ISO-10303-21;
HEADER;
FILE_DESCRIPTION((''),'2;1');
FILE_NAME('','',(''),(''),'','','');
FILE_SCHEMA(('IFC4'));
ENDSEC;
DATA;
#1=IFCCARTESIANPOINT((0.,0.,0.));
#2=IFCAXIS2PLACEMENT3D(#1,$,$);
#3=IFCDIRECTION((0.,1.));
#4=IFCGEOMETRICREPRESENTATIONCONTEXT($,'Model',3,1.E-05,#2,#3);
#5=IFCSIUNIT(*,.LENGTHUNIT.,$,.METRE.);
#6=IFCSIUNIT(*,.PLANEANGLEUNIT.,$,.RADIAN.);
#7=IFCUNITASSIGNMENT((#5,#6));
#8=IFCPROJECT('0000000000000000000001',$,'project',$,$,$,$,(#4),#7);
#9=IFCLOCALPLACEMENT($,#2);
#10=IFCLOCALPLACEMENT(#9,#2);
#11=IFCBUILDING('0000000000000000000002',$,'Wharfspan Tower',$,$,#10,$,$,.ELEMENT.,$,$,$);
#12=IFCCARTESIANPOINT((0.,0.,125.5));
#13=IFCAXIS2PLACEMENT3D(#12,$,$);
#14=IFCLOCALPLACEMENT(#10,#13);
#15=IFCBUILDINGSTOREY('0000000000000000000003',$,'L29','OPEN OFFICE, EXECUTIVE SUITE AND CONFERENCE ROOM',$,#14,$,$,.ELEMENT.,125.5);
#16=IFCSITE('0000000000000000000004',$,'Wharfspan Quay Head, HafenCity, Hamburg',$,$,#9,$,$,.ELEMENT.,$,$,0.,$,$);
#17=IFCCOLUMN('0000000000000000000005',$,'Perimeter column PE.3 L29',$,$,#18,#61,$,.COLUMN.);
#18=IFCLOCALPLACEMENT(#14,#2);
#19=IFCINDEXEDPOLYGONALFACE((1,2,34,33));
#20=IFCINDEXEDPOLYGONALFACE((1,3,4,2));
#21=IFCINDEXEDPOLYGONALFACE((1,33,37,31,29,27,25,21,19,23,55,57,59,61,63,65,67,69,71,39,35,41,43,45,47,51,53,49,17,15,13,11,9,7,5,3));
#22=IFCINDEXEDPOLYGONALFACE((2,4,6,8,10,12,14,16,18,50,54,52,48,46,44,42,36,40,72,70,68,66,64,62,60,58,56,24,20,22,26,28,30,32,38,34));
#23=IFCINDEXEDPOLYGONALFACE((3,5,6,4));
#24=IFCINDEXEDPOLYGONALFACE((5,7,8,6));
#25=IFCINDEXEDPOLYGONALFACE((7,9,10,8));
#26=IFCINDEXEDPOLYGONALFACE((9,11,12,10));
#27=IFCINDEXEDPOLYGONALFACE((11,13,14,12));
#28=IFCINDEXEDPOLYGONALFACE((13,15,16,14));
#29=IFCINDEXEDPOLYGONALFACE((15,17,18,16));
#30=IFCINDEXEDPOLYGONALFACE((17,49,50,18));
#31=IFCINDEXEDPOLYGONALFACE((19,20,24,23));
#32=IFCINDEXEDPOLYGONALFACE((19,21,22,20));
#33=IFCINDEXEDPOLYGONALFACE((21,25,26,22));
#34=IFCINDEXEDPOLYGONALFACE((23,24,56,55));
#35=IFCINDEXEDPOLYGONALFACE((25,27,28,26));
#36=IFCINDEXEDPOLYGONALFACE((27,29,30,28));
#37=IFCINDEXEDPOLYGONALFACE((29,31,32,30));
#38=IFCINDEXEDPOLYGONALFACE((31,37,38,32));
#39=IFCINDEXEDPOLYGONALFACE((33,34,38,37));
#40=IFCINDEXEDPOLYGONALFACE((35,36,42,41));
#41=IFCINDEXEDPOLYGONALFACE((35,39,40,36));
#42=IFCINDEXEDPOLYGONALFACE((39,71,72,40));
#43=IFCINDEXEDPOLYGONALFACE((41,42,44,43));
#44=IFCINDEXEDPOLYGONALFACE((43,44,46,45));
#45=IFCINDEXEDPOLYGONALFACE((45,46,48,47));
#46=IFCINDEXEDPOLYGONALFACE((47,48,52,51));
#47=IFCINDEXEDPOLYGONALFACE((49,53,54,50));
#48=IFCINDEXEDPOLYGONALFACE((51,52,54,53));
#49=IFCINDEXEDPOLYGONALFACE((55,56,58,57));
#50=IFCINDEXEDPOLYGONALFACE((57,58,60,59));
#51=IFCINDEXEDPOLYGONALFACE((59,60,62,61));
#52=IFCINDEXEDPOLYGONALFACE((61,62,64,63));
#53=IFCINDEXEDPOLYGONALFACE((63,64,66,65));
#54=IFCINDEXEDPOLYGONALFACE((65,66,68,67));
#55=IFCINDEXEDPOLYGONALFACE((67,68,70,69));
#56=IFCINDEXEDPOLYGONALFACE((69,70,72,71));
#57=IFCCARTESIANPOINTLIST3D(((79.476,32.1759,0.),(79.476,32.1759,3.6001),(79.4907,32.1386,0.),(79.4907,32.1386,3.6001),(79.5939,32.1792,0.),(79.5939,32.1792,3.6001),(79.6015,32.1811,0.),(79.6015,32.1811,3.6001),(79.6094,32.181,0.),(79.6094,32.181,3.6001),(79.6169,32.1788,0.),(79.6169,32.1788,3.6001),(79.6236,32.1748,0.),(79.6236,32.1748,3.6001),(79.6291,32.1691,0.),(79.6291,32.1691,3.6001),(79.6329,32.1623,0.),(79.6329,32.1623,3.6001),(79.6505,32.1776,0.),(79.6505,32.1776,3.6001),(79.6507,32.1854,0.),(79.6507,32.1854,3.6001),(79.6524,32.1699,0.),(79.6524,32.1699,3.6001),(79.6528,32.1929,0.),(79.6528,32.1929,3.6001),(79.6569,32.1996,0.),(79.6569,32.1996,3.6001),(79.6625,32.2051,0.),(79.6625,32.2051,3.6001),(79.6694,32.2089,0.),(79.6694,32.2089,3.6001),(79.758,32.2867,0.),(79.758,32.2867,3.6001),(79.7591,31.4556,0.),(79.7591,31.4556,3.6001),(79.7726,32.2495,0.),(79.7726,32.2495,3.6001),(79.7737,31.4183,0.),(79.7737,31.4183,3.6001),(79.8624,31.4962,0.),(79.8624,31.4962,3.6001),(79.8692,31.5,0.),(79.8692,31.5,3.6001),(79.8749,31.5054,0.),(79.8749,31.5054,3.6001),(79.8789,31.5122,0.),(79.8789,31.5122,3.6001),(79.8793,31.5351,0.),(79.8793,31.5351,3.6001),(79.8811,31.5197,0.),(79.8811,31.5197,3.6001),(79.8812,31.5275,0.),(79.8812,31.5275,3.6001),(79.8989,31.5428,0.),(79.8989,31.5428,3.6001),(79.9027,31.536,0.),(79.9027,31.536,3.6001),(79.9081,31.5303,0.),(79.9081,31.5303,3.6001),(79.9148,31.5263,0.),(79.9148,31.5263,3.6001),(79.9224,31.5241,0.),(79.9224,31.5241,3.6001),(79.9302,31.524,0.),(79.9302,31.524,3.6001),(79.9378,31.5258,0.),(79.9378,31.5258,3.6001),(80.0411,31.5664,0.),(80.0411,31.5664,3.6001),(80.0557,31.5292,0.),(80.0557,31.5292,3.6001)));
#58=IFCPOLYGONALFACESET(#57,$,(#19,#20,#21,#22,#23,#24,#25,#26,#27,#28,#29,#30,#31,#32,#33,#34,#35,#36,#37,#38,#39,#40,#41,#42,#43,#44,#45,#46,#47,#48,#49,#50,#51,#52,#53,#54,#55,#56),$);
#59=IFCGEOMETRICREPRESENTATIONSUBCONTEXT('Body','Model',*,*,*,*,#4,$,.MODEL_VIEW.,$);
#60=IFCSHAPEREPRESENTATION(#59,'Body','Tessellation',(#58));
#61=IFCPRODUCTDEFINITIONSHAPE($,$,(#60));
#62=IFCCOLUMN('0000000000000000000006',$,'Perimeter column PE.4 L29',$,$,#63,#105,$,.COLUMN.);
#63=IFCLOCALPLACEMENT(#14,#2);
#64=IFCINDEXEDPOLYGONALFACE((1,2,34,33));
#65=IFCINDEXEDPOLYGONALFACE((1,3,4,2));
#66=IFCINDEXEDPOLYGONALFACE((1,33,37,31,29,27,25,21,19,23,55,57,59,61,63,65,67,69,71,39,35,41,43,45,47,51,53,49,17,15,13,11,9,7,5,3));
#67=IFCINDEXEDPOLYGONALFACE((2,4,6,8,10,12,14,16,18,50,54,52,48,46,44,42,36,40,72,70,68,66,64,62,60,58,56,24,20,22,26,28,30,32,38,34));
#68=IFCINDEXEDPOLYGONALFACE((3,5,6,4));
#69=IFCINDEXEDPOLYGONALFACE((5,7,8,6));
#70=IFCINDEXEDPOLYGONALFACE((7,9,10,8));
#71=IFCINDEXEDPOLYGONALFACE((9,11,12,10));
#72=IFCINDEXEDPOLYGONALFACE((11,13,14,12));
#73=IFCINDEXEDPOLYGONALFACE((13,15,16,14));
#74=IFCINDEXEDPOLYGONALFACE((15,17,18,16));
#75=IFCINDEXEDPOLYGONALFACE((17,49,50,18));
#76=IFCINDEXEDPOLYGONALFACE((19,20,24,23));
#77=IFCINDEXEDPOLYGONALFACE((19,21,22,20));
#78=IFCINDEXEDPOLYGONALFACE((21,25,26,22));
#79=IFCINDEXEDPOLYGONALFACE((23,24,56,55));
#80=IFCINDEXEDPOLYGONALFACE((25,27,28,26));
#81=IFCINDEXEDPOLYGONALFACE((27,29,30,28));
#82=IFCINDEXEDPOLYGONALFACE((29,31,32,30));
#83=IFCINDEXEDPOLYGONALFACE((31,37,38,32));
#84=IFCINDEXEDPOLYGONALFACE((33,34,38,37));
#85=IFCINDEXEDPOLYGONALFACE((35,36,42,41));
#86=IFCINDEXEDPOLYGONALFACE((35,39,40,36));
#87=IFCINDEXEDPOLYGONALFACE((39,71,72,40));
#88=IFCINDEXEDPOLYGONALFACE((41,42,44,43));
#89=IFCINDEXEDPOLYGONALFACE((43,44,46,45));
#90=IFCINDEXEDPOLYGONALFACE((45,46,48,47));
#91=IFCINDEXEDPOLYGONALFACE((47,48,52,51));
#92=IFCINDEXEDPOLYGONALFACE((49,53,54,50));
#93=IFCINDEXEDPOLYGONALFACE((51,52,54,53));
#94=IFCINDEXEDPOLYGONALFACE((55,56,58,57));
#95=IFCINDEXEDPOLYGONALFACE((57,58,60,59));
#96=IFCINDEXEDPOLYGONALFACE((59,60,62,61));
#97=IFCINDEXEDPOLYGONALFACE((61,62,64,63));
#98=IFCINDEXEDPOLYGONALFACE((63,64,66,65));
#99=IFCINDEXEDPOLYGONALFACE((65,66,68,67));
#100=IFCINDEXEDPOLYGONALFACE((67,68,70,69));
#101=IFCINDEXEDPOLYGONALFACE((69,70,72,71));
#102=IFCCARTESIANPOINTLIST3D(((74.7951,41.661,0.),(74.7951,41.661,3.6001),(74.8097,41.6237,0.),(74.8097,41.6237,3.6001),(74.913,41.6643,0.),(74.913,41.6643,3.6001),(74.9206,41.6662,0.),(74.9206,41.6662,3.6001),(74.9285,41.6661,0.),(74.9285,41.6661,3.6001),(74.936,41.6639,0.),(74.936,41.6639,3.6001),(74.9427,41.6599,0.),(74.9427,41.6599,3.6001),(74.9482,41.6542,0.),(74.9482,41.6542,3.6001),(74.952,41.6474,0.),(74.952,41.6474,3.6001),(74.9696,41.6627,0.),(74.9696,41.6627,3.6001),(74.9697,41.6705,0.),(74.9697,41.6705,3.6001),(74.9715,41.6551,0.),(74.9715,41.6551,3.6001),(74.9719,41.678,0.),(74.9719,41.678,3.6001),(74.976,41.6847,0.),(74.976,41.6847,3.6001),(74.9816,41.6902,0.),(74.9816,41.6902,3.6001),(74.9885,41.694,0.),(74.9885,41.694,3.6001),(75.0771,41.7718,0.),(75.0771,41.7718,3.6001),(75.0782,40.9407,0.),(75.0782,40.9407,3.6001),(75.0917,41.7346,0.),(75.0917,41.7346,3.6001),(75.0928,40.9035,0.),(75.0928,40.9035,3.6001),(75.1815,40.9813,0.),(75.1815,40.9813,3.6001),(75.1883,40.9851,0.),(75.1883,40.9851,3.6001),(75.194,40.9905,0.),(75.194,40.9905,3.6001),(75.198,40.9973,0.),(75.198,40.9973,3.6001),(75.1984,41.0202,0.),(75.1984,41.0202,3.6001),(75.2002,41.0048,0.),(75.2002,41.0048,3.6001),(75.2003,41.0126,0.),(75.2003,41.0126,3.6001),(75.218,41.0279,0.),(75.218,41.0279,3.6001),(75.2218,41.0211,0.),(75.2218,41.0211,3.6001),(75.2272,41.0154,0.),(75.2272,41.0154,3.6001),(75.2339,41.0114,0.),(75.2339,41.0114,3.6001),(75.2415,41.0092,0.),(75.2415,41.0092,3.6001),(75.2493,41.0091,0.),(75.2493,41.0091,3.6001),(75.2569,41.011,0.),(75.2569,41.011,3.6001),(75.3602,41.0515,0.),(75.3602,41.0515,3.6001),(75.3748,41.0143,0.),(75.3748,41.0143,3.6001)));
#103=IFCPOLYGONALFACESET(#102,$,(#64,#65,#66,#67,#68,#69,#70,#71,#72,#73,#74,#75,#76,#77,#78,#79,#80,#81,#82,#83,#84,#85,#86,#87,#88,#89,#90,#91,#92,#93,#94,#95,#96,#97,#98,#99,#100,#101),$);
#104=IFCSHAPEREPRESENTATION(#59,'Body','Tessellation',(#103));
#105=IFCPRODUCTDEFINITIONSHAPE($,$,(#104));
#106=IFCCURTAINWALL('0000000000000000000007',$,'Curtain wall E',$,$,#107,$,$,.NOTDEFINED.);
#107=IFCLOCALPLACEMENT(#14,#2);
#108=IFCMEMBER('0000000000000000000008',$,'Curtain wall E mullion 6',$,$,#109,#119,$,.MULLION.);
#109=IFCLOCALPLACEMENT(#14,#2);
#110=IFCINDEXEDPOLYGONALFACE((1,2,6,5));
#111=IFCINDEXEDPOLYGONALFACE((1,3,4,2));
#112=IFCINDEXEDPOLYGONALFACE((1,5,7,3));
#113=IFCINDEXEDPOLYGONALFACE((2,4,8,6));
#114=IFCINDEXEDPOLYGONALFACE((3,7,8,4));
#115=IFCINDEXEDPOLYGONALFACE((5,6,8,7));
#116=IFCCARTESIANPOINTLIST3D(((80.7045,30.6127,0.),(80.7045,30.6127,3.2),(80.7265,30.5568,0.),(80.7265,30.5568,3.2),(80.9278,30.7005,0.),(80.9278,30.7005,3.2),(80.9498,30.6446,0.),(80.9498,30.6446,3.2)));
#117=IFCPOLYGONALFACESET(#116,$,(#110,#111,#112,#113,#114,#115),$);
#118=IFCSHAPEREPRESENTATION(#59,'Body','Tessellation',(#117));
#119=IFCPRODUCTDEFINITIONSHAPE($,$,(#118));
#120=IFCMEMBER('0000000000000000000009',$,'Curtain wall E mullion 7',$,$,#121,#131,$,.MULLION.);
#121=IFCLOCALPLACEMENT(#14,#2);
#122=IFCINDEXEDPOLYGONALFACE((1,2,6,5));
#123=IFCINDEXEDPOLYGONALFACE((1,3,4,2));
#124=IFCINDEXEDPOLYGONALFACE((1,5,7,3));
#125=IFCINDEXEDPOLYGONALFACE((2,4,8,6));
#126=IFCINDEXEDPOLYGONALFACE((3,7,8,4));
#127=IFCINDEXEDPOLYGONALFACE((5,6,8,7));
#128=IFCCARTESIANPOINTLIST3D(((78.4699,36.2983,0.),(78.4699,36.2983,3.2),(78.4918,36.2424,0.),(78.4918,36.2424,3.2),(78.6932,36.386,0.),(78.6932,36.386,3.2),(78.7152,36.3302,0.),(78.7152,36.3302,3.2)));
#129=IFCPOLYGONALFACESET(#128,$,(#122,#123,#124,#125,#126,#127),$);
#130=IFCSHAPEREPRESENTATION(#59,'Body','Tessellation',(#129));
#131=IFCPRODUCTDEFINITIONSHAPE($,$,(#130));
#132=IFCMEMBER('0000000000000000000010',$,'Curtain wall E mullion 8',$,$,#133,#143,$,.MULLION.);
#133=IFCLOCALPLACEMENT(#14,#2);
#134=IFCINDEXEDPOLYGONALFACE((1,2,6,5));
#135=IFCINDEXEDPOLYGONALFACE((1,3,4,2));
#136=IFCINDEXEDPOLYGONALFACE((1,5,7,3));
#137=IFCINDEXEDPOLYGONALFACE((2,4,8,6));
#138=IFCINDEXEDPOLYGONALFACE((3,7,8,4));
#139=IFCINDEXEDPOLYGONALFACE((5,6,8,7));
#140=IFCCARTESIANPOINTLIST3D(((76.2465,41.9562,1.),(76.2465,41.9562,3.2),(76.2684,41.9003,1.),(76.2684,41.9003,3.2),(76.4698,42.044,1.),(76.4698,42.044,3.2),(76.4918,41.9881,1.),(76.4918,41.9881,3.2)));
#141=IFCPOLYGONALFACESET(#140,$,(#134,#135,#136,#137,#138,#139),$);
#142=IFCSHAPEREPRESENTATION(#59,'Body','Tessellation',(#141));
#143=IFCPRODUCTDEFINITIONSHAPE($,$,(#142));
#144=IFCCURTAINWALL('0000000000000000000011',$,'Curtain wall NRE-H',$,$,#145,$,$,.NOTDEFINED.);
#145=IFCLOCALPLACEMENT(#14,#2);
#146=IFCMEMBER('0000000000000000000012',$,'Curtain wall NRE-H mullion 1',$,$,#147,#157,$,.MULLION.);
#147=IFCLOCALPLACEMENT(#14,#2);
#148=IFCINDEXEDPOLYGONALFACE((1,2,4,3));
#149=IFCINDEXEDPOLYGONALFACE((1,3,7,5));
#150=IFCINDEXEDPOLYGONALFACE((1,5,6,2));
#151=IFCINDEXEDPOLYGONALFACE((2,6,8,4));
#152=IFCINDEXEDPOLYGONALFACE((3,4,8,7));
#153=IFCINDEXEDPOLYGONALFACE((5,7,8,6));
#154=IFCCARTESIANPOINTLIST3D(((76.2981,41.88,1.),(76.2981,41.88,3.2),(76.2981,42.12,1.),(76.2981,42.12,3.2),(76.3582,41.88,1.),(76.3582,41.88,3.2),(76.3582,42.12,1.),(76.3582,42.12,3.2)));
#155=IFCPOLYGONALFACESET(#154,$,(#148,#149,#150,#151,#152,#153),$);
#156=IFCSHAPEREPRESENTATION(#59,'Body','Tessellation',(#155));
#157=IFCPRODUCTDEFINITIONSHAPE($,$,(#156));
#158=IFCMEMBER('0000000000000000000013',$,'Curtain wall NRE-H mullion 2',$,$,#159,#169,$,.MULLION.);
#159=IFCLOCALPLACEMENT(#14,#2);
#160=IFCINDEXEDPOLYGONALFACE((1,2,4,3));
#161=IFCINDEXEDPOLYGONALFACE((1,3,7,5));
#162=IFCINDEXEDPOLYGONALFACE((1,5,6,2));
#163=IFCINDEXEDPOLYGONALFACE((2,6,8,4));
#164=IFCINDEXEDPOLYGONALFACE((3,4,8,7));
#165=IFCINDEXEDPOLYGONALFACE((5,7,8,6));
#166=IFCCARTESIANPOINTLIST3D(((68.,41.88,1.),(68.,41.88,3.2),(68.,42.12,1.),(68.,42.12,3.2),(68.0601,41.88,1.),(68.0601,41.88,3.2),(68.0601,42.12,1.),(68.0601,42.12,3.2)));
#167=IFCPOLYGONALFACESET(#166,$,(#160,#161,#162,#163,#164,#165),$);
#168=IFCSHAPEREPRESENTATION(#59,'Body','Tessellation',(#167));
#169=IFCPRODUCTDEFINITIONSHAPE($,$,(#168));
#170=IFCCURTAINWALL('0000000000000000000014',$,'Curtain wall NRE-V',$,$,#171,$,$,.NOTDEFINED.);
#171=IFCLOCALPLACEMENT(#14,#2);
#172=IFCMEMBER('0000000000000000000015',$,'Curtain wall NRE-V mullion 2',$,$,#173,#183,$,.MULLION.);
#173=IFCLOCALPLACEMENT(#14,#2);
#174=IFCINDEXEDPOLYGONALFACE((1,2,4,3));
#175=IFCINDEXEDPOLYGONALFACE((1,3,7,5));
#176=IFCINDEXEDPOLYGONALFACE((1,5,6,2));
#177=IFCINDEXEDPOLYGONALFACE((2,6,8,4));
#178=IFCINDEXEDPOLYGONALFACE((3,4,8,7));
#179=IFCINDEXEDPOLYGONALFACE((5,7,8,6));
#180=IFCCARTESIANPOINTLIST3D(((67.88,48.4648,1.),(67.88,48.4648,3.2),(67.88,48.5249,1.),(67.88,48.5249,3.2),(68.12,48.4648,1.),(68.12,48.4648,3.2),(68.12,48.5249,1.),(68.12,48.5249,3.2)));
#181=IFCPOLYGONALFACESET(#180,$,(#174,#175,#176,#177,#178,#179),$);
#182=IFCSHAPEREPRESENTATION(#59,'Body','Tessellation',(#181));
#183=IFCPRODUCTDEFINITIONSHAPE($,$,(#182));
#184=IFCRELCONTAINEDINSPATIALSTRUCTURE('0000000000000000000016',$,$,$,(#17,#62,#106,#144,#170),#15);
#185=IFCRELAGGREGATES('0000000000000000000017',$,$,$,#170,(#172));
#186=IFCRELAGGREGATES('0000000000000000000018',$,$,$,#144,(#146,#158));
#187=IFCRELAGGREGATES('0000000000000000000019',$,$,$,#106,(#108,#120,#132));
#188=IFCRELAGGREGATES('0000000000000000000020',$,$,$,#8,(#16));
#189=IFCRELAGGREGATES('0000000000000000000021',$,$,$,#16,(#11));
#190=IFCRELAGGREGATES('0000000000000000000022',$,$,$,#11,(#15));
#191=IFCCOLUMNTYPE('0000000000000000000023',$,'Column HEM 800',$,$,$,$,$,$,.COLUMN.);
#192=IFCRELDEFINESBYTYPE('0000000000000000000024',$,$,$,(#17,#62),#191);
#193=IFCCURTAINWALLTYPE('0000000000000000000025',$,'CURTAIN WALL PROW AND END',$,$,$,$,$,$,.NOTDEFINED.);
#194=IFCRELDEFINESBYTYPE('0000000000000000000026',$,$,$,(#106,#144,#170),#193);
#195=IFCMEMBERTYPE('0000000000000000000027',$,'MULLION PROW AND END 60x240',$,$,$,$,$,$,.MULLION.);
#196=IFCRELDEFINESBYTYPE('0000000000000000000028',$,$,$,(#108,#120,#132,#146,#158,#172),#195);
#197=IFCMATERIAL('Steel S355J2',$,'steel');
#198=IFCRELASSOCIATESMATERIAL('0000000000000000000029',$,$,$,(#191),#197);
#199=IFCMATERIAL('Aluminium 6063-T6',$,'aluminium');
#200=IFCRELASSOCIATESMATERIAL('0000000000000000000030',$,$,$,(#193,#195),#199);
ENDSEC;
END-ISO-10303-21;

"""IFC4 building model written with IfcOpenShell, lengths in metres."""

from ifc_helpers import new_model, si_unit, direction, frame, origin, origin_2d, place, context, subcontext, project, spatial, rectangle, i_section, extrude, material, material_profile, profile_set, type_object, element, aggregate, save


model = new_model("IFC4")

# Units and contexts
model_context = context("Model", 3, precision=1e-05, world=origin(), true_north=direction((0.0, 1.0)))
body_context = subcontext(model_context, "Body", "Model", "MODEL_VIEW")
ifc_project = project(units=[si_unit("LENGTHUNIT", "METRE"), si_unit("PLANEANGLEUNIT", "RADIAN")], contexts=[model_context])

# Site, building, storey
site_placement = place(None, origin())
site = spatial("IfcSite", under=ifc_project, at=site_placement, Name="Wharfspan Quay Head, HafenCity, Hamburg", CompositionType="ELEMENT", RefElevation=0.0)
building_placement = place(site_placement, origin())
building = spatial("IfcBuilding", under=site, at=building_placement, Name="Wharfspan Tower", CompositionType="ELEMENT")
storey_placement = place(building_placement, frame((0.0, 0.0, 125.5)))
storey = spatial("IfcBuildingStorey", under=building, at=storey_placement, Name="L29", Description="OPEN OFFICE, EXECUTIVE SUITE AND CONFERENCE ROOM", CompositionType="ELEMENT", Elevation=125.5)

# Columns
ifc_material_1 = material(Name="Steel S355J2", Category="steel")
ifc_material_profile_1 = material_profile(ifc_material_1, i_section(OverallWidth=0.303, OverallDepth=0.814, WebThickness=0.021, FlangeThickness=0.04, FilletRadius=0.03, at=origin_2d()))
ifc_profile_set_1 = profile_set([ifc_material_profile_1], Name="Steel S355J2")
column_type = type_object("IfcColumnType", Name="Column HEM 800", PredefinedType="COLUMN", material=ifc_profile_set_1)
for number, where, z_axis, x_axis, name in (
    (1, (79.7659, 31.8525, 0.0), (0.0, 0.0, 1.0), (0.930702, 0.365778, 0.0), "Perimeter column PE.3 L29"),
    (2, (75.085, 41.3376, 0.0), (0.0, 0.0, 1.0), (0.930702, 0.365778, 0.0), "Perimeter column PE.4 L29"),
):
    element("IfcColumn", number, at=place(storey_placement, frame(where, z_axis=z_axis, x_axis=x_axis)), inside=storey, type_object=column_type, Name=name, PredefinedType="COLUMN", context=body_context, shape_type="SweptSolid", body=[
        extrude(i_section(OverallWidth=0.303, OverallDepth=0.814, WebThickness=0.021, FlangeThickness=0.04, FilletRadius=0.03, at=origin_2d()), origin(), (0.0, 0.0, 1.0), 3.6001),
    ])

# Curtain walls, members
ifc_material_2 = material(Name="Aluminium 6063-T6", Category="aluminium")
curtain_wall_type = type_object("IfcCurtainWallType", Name="CURTAIN WALL PROW AND END", PredefinedType="NOTDEFINED", material=ifc_material_2)
curtain_wall_1_placement = place(storey_placement, origin())
curtain_wall_1 = element("IfcCurtainWall", 3, at=curtain_wall_1_placement, inside=storey, type_object=curtain_wall_type, Name="Curtain wall E", PredefinedType="NOTDEFINED")
ifc_material_profile_2 = material_profile(ifc_material_2, rectangle(XDim=0.24, YDim=0.0601, at=origin_2d()))
ifc_profile_set_2 = profile_set([ifc_material_profile_2], Name="Aluminium 6063-T6")
member_type_1 = type_object("IfcMemberType", Name="MULLION PROW AND END 60x240", PredefinedType="MULLION", material=ifc_profile_set_2)
member_1_placement = place(storey_placement, frame((80.8271, 30.6287, 0.0), z_axis=(0.0, 0.0, 1.0), x_axis=(-0.930702, -0.365778, 0.0)))
member_1 = element("IfcMember", 4, at=member_1_placement, type_object=member_type_1, Name="Curtain wall E mullion 6", PredefinedType="MULLION", context=body_context, shape_type="SweptSolid", body=[
    extrude(rectangle(XDim=0.24, YDim=0.0601, at=origin_2d()), origin(), (0.0, 0.0, 1.0), 3.2),
])
member_2_placement = place(storey_placement, frame((78.5925, 36.3142, 0.0), z_axis=(0.0, 0.0, 1.0), x_axis=(-0.930702, -0.365778, 0.0)))
member_2 = element("IfcMember", 5, at=member_2_placement, type_object=member_type_1, Name="Curtain wall E mullion 7", PredefinedType="MULLION", context=body_context, shape_type="SweptSolid", body=[
    extrude(rectangle(XDim=0.24, YDim=0.0601, at=origin_2d()), origin(), (0.0, 0.0, 1.0), 3.2),
])
member_3_placement = place(storey_placement, frame((76.3691, 41.9722, 1.0), z_axis=(0.0, 0.0, 1.0), x_axis=(-0.930702, -0.365778, 0.0)))
member_3 = element("IfcMember", 6, at=member_3_placement, type_object=member_type_1, Name="Curtain wall E mullion 8", PredefinedType="MULLION", context=body_context, shape_type="SweptSolid", body=[
    extrude(rectangle(XDim=0.24, YDim=0.0601, at=origin_2d()), origin(), (0.0, 0.0, 1.0), 2.2),
])
curtain_wall_2_placement = place(storey_placement, origin())
curtain_wall_2 = element("IfcCurtainWall", 7, at=curtain_wall_2_placement, inside=storey, type_object=curtain_wall_type, Name="Curtain wall NRE-H", PredefinedType="NOTDEFINED")
member_4_placement = place(storey_placement, frame((76.3281, 42.0, 1.0), z_axis=(0.0, 0.0, 1.0), x_axis=(0.0, -1.0, 0.0)))
member_4 = element("IfcMember", 8, at=member_4_placement, type_object=member_type_1, Name="Curtain wall NRE-H mullion 1", PredefinedType="MULLION", context=body_context, shape_type="SweptSolid", body=[
    extrude(rectangle(XDim=0.24, YDim=0.0601, at=origin_2d()), origin(), (0.0, 0.0, 1.0), 2.2),
])
member_5_placement = place(storey_placement, frame((68.03, 42.0, 1.0), z_axis=(0.0, 0.0, 1.0), x_axis=(0.0, -1.0, 0.0)))
member_5 = element("IfcMember", 9, at=member_5_placement, type_object=member_type_1, Name="Curtain wall NRE-H mullion 2", PredefinedType="MULLION", context=body_context, shape_type="SweptSolid", body=[
    extrude(rectangle(XDim=0.24, YDim=0.0601, at=origin_2d()), origin(), (0.0, 0.0, 1.0), 2.2),
])

# Curtain wall, member
curtain_wall_3_placement = place(storey_placement, origin())
curtain_wall_3 = element("IfcCurtainWall", 10, at=curtain_wall_3_placement, inside=storey, type_object=curtain_wall_type, Name="Curtain wall NRE-V", PredefinedType="NOTDEFINED")
member_6_placement = place(storey_placement, frame((68.0, 48.4949, 1.0), z_axis=(0.0, 0.0, 1.0), x_axis=(-1.0, 0.0, 0.0)))
member_6 = element("IfcMember", 11, at=member_6_placement, type_object=member_type_1, Name="Curtain wall NRE-V mullion 2", PredefinedType="MULLION", context=body_context, shape_type="SweptSolid", body=[
    extrude(rectangle(XDim=0.24, YDim=0.0601, at=origin_2d()), origin(), (0.0, 0.0, 1.0), 2.2),
])
aggregate(curtain_wall_3, [member_6])

aggregate(curtain_wall_2, [member_4, member_5])
aggregate(curtain_wall_1, [member_1, member_2, member_3])

save(model, "model.ifc")
